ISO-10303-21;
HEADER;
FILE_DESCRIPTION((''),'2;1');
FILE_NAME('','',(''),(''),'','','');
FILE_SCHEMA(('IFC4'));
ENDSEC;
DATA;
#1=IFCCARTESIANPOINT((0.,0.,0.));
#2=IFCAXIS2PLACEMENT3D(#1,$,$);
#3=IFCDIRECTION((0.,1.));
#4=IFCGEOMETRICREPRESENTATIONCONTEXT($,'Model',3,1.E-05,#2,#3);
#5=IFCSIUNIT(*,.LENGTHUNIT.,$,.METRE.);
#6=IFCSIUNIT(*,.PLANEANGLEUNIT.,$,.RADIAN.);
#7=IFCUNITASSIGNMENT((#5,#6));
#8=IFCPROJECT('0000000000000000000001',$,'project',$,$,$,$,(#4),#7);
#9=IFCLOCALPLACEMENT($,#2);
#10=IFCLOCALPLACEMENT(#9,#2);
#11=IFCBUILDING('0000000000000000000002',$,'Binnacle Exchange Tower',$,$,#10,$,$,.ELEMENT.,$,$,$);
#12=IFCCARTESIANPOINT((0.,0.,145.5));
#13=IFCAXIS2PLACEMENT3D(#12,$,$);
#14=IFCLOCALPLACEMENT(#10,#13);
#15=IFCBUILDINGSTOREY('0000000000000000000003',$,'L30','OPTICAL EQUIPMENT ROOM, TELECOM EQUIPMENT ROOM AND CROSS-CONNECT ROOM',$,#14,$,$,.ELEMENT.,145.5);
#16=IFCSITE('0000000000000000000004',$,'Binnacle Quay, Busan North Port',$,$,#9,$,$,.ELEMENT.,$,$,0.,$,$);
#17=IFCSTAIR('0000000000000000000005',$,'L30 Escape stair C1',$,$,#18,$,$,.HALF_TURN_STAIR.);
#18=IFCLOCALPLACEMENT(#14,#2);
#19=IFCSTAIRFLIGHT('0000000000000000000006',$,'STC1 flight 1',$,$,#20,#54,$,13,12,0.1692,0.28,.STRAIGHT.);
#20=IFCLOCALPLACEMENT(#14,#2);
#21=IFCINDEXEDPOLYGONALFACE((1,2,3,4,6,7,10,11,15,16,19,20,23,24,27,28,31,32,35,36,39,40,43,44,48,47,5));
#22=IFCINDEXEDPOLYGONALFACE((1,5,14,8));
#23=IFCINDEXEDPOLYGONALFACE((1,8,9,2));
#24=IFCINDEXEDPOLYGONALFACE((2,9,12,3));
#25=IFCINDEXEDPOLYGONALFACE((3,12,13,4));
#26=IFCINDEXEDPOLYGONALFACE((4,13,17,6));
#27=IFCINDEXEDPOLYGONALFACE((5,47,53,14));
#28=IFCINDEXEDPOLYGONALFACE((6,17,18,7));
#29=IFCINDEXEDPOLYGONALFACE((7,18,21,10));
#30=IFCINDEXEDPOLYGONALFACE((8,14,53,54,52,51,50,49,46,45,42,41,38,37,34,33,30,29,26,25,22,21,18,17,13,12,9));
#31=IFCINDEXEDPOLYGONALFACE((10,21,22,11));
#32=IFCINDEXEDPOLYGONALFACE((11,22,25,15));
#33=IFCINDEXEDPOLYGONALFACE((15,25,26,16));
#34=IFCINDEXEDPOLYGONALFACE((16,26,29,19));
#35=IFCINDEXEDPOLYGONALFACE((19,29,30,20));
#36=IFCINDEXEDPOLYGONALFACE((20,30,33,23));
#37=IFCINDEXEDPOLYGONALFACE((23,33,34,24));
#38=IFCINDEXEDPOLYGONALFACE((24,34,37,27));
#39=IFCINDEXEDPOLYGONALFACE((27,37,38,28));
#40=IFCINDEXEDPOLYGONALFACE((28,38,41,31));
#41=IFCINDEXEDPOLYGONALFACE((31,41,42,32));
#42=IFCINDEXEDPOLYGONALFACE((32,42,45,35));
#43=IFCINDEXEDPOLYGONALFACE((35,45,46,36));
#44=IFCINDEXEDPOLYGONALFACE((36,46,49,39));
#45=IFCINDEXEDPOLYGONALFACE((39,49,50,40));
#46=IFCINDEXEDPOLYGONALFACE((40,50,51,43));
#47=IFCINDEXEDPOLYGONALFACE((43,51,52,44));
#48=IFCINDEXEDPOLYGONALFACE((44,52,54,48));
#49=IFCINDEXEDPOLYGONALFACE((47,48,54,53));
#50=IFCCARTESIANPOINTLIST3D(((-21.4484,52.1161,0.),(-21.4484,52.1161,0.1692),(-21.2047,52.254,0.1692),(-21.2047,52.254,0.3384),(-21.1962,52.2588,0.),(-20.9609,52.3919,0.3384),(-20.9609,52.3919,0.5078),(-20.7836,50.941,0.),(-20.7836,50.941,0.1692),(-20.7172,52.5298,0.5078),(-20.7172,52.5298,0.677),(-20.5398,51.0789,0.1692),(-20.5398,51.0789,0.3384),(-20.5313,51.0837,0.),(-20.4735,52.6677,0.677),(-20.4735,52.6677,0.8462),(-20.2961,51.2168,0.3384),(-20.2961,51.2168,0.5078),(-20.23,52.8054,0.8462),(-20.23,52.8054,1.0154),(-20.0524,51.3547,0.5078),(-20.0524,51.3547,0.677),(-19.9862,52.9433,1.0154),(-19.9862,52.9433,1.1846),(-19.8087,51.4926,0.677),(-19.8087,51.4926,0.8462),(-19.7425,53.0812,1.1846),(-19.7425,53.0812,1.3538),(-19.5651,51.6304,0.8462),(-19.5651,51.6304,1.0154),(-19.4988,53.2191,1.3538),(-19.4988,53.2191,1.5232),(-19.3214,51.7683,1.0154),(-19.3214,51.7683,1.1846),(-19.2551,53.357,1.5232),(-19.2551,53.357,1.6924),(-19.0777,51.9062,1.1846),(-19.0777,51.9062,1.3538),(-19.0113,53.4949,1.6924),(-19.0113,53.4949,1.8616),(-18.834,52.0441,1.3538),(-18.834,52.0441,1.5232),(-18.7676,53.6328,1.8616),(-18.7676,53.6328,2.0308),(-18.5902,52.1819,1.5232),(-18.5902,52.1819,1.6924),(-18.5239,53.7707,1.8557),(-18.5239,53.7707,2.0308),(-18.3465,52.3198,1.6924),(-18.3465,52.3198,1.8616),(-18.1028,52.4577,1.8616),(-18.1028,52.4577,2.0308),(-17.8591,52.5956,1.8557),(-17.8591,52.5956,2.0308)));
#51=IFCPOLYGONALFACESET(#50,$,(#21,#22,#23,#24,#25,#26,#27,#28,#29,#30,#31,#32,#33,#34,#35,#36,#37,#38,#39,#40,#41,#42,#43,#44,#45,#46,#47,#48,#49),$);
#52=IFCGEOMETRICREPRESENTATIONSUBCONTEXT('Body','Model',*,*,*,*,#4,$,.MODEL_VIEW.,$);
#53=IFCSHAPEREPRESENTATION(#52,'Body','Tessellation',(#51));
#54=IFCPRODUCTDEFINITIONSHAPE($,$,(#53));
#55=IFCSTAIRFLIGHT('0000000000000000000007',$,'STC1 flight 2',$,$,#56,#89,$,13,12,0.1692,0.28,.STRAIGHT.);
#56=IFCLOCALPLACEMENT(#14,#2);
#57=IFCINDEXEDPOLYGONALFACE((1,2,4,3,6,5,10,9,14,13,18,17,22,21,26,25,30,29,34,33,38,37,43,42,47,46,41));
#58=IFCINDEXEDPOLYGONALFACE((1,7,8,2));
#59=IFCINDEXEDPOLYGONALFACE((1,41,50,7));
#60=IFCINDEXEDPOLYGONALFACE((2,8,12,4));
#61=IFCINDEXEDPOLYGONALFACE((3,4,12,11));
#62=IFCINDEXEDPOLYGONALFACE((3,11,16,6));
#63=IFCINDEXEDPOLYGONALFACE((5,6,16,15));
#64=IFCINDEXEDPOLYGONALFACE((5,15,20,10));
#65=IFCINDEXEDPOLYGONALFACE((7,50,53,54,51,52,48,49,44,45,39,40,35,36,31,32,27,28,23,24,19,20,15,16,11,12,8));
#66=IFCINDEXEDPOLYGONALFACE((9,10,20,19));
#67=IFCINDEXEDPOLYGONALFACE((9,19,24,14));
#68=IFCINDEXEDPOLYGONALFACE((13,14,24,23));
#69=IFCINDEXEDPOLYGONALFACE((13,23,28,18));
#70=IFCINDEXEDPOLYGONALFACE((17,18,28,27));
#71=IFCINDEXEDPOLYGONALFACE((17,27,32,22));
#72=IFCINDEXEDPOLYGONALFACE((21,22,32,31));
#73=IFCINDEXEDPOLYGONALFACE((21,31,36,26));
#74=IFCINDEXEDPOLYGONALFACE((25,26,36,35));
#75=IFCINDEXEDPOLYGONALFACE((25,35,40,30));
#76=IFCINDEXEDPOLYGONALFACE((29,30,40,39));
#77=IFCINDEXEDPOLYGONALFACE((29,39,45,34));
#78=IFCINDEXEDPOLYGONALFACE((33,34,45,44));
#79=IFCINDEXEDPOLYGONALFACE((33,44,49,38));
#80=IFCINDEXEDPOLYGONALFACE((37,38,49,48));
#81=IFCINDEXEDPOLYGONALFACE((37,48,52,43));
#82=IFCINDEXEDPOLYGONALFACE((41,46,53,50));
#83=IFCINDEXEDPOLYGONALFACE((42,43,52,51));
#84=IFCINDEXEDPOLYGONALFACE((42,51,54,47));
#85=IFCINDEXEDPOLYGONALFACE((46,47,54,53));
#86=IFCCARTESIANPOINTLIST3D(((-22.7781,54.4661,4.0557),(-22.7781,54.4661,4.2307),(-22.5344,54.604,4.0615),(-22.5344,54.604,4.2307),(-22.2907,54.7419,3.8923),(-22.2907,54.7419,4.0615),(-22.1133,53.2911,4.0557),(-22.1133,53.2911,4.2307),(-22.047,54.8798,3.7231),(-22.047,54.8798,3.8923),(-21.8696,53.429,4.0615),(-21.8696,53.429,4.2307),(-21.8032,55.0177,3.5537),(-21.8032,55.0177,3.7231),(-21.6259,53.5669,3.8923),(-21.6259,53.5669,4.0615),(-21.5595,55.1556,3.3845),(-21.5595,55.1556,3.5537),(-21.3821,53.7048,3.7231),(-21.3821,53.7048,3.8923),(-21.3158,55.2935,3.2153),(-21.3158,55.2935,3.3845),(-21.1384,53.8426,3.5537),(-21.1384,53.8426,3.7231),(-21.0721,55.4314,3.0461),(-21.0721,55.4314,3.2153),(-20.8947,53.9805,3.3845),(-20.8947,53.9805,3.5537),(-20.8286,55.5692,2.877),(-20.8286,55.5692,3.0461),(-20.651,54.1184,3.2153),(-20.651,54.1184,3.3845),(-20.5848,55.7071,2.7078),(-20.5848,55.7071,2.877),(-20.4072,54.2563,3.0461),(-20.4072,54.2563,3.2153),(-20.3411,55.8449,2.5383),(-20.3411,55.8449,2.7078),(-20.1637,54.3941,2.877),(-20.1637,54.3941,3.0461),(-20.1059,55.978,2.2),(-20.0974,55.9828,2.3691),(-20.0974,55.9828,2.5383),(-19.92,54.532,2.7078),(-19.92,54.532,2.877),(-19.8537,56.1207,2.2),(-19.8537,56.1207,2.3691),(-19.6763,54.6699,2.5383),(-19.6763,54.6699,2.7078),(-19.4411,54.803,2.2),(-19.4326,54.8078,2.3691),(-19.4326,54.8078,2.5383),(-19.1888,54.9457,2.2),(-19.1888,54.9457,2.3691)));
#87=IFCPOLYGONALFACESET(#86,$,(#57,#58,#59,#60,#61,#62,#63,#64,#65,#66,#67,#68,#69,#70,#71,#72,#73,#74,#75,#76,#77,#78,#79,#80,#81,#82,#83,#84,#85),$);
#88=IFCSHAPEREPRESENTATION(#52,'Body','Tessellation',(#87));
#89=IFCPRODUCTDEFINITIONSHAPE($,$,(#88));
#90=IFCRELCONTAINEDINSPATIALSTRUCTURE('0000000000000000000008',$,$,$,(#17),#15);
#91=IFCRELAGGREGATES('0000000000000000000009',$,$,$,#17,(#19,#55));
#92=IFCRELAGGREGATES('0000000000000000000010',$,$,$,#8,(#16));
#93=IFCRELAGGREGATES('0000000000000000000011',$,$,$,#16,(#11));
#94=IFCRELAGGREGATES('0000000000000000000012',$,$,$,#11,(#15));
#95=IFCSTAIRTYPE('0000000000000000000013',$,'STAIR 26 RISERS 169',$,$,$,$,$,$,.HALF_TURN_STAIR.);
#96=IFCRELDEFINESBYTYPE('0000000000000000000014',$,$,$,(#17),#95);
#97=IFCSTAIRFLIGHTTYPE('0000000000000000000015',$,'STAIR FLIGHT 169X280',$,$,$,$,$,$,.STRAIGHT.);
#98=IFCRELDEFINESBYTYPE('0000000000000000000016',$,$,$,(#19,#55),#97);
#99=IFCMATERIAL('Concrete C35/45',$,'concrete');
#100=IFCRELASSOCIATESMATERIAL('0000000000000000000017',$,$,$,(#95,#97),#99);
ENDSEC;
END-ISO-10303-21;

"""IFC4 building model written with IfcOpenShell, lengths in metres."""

from ifc_helpers import new_model, si_unit, direction, frame, origin, place, context, subcontext, project, spatial, polyline, outline, extrude, material, type_object, element, aggregate, save


model = new_model("IFC4")

# Units and contexts
model_context = context("Model", 3, precision=1e-05, world=origin(), true_north=direction((0.0, 1.0)))
body_context = subcontext(model_context, "Body", "Model", "MODEL_VIEW")
ifc_project = project(units=[si_unit("LENGTHUNIT", "METRE"), si_unit("PLANEANGLEUNIT", "RADIAN")], contexts=[model_context])

# Site, building, storey
site_placement = place(None, origin())
site = spatial("IfcSite", under=ifc_project, at=site_placement, Name="Binnacle Quay, Busan North Port", CompositionType="ELEMENT", RefElevation=0.0)
building_placement = place(site_placement, origin())
building = spatial("IfcBuilding", under=site, at=building_placement, Name="Binnacle Exchange Tower", CompositionType="ELEMENT")
storey_placement = place(building_placement, frame((0.0, 0.0, 145.5)))
storey = spatial("IfcBuildingStorey", under=building, at=storey_placement, Name="L30", Description="OPTICAL EQUIPMENT ROOM, TELECOM EQUIPMENT ROOM AND CROSS-CONNECT ROOM", CompositionType="ELEMENT", Elevation=145.5)

# Stair, stair flights
ifc_material_1 = material(Name="Concrete C35/45", Category="concrete")
stair_type = type_object("IfcStairType", Name="STAIR 26 RISERS 169", PredefinedType="HALF_TURN_STAIR", material=ifc_material_1)
stair_placement = place(storey_placement, origin())
stair = element("IfcStair", 1, at=stair_placement, inside=storey, type_object=stair_type, Name="L30 Escape stair C1", PredefinedType="HALF_TURN_STAIR")
stair_flight_type = type_object("IfcStairFlightType", Name="STAIR FLIGHT 169X280", PredefinedType="STRAIGHT", material=ifc_material_1)
stair_flight_1_placement = place(storey_placement, frame((-21.116, 51.5286, 0.0), z_axis=(0.0, 0.0, 1.0), x_axis=(0.870356, 0.492424, 0.0)))
stair_flight_1 = element("IfcStairFlight", 2, at=stair_flight_1_placement, type_object=stair_flight_type, Name="STC1 flight 1", NumberOfRisers=13, NumberOfTreads=12, PredefinedType="STRAIGHT", RiserHeight=0.1692, TreadLength=0.28, context=body_context, shape_type="SweptSolid", body=[
    extrude(outline(polyline([(0.0, 0.0), (0.0, 0.1692), (0.28, 0.1692), (0.28, 0.3384), (0.5601, 0.3384), (0.5601, 0.5078), (0.8401, 0.5078), (0.8401, 0.677), (1.1201, 0.677), (1.1201, 0.8462), (1.3999, 0.8462), (1.3999, 1.0154), (1.6799, 1.0154), (1.6799, 1.1846), (1.96, 1.1846), (1.96, 1.3538), (2.24, 1.3538), (2.24, 1.5232), (2.52, 1.5232), (2.52, 1.6924), (2.8, 1.6924), (2.8, 1.8616), (3.0801, 1.8616), (3.0801, 2.0308), (3.3601, 2.0308), (3.3601, 2.2), (3.3601, 1.8557), (0.2898, 0.0), (0.0, 0.0)])), frame((0.0, 0.675, 0.0), z_axis=(0.0, -1.0, 0.0), x_axis=(1.0, 0.0, 0.0)), (0.0, 0.0, 1.0), 1.3501),
])
stair_flight_2_placement = place(storey_placement, frame((-19.5212, 55.5332, 2.2), z_axis=(0.0, 0.0, 1.0), x_axis=(-0.870356, -0.492424, 0.0)))
stair_flight_2 = element("IfcStairFlight", 3, at=stair_flight_2_placement, type_object=stair_flight_type, Name="STC1 flight 2", NumberOfRisers=13, NumberOfTreads=12, PredefinedType="STRAIGHT", RiserHeight=0.1692, TreadLength=0.28, context=body_context, shape_type="SweptSolid", body=[
    extrude(outline(polyline([(0.0, 0.0), (0.0, 0.1692), (0.28, 0.1692), (0.28, 0.3384), (0.5601, 0.3384), (0.5601, 0.5078), (0.8401, 0.5078), (0.8401, 0.677), (1.1201, 0.677), (1.1201, 0.8462), (1.3999, 0.8462), (1.3999, 1.0154), (1.6799, 1.0154), (1.6799, 1.1846), (1.96, 1.1846), (1.96, 1.3538), (2.24, 1.3538), (2.24, 1.5232), (2.52, 1.5232), (2.52, 1.6924), (2.8, 1.6924), (2.8, 1.8616), (3.0801, 1.8616), (3.0801, 2.0308), (3.3601, 2.0308), (3.3601, 2.2), (3.3601, 1.8557), (0.2898, 0.0), (0.0, 0.0)])), frame((0.0, 0.675, 0.0), z_axis=(0.0, -1.0, 0.0), x_axis=(1.0, 0.0, 0.0)), (0.0, 0.0, 1.0), 1.3501),
])
aggregate(stair, [stair_flight_1, stair_flight_2])

save(model, "model.ifc")
